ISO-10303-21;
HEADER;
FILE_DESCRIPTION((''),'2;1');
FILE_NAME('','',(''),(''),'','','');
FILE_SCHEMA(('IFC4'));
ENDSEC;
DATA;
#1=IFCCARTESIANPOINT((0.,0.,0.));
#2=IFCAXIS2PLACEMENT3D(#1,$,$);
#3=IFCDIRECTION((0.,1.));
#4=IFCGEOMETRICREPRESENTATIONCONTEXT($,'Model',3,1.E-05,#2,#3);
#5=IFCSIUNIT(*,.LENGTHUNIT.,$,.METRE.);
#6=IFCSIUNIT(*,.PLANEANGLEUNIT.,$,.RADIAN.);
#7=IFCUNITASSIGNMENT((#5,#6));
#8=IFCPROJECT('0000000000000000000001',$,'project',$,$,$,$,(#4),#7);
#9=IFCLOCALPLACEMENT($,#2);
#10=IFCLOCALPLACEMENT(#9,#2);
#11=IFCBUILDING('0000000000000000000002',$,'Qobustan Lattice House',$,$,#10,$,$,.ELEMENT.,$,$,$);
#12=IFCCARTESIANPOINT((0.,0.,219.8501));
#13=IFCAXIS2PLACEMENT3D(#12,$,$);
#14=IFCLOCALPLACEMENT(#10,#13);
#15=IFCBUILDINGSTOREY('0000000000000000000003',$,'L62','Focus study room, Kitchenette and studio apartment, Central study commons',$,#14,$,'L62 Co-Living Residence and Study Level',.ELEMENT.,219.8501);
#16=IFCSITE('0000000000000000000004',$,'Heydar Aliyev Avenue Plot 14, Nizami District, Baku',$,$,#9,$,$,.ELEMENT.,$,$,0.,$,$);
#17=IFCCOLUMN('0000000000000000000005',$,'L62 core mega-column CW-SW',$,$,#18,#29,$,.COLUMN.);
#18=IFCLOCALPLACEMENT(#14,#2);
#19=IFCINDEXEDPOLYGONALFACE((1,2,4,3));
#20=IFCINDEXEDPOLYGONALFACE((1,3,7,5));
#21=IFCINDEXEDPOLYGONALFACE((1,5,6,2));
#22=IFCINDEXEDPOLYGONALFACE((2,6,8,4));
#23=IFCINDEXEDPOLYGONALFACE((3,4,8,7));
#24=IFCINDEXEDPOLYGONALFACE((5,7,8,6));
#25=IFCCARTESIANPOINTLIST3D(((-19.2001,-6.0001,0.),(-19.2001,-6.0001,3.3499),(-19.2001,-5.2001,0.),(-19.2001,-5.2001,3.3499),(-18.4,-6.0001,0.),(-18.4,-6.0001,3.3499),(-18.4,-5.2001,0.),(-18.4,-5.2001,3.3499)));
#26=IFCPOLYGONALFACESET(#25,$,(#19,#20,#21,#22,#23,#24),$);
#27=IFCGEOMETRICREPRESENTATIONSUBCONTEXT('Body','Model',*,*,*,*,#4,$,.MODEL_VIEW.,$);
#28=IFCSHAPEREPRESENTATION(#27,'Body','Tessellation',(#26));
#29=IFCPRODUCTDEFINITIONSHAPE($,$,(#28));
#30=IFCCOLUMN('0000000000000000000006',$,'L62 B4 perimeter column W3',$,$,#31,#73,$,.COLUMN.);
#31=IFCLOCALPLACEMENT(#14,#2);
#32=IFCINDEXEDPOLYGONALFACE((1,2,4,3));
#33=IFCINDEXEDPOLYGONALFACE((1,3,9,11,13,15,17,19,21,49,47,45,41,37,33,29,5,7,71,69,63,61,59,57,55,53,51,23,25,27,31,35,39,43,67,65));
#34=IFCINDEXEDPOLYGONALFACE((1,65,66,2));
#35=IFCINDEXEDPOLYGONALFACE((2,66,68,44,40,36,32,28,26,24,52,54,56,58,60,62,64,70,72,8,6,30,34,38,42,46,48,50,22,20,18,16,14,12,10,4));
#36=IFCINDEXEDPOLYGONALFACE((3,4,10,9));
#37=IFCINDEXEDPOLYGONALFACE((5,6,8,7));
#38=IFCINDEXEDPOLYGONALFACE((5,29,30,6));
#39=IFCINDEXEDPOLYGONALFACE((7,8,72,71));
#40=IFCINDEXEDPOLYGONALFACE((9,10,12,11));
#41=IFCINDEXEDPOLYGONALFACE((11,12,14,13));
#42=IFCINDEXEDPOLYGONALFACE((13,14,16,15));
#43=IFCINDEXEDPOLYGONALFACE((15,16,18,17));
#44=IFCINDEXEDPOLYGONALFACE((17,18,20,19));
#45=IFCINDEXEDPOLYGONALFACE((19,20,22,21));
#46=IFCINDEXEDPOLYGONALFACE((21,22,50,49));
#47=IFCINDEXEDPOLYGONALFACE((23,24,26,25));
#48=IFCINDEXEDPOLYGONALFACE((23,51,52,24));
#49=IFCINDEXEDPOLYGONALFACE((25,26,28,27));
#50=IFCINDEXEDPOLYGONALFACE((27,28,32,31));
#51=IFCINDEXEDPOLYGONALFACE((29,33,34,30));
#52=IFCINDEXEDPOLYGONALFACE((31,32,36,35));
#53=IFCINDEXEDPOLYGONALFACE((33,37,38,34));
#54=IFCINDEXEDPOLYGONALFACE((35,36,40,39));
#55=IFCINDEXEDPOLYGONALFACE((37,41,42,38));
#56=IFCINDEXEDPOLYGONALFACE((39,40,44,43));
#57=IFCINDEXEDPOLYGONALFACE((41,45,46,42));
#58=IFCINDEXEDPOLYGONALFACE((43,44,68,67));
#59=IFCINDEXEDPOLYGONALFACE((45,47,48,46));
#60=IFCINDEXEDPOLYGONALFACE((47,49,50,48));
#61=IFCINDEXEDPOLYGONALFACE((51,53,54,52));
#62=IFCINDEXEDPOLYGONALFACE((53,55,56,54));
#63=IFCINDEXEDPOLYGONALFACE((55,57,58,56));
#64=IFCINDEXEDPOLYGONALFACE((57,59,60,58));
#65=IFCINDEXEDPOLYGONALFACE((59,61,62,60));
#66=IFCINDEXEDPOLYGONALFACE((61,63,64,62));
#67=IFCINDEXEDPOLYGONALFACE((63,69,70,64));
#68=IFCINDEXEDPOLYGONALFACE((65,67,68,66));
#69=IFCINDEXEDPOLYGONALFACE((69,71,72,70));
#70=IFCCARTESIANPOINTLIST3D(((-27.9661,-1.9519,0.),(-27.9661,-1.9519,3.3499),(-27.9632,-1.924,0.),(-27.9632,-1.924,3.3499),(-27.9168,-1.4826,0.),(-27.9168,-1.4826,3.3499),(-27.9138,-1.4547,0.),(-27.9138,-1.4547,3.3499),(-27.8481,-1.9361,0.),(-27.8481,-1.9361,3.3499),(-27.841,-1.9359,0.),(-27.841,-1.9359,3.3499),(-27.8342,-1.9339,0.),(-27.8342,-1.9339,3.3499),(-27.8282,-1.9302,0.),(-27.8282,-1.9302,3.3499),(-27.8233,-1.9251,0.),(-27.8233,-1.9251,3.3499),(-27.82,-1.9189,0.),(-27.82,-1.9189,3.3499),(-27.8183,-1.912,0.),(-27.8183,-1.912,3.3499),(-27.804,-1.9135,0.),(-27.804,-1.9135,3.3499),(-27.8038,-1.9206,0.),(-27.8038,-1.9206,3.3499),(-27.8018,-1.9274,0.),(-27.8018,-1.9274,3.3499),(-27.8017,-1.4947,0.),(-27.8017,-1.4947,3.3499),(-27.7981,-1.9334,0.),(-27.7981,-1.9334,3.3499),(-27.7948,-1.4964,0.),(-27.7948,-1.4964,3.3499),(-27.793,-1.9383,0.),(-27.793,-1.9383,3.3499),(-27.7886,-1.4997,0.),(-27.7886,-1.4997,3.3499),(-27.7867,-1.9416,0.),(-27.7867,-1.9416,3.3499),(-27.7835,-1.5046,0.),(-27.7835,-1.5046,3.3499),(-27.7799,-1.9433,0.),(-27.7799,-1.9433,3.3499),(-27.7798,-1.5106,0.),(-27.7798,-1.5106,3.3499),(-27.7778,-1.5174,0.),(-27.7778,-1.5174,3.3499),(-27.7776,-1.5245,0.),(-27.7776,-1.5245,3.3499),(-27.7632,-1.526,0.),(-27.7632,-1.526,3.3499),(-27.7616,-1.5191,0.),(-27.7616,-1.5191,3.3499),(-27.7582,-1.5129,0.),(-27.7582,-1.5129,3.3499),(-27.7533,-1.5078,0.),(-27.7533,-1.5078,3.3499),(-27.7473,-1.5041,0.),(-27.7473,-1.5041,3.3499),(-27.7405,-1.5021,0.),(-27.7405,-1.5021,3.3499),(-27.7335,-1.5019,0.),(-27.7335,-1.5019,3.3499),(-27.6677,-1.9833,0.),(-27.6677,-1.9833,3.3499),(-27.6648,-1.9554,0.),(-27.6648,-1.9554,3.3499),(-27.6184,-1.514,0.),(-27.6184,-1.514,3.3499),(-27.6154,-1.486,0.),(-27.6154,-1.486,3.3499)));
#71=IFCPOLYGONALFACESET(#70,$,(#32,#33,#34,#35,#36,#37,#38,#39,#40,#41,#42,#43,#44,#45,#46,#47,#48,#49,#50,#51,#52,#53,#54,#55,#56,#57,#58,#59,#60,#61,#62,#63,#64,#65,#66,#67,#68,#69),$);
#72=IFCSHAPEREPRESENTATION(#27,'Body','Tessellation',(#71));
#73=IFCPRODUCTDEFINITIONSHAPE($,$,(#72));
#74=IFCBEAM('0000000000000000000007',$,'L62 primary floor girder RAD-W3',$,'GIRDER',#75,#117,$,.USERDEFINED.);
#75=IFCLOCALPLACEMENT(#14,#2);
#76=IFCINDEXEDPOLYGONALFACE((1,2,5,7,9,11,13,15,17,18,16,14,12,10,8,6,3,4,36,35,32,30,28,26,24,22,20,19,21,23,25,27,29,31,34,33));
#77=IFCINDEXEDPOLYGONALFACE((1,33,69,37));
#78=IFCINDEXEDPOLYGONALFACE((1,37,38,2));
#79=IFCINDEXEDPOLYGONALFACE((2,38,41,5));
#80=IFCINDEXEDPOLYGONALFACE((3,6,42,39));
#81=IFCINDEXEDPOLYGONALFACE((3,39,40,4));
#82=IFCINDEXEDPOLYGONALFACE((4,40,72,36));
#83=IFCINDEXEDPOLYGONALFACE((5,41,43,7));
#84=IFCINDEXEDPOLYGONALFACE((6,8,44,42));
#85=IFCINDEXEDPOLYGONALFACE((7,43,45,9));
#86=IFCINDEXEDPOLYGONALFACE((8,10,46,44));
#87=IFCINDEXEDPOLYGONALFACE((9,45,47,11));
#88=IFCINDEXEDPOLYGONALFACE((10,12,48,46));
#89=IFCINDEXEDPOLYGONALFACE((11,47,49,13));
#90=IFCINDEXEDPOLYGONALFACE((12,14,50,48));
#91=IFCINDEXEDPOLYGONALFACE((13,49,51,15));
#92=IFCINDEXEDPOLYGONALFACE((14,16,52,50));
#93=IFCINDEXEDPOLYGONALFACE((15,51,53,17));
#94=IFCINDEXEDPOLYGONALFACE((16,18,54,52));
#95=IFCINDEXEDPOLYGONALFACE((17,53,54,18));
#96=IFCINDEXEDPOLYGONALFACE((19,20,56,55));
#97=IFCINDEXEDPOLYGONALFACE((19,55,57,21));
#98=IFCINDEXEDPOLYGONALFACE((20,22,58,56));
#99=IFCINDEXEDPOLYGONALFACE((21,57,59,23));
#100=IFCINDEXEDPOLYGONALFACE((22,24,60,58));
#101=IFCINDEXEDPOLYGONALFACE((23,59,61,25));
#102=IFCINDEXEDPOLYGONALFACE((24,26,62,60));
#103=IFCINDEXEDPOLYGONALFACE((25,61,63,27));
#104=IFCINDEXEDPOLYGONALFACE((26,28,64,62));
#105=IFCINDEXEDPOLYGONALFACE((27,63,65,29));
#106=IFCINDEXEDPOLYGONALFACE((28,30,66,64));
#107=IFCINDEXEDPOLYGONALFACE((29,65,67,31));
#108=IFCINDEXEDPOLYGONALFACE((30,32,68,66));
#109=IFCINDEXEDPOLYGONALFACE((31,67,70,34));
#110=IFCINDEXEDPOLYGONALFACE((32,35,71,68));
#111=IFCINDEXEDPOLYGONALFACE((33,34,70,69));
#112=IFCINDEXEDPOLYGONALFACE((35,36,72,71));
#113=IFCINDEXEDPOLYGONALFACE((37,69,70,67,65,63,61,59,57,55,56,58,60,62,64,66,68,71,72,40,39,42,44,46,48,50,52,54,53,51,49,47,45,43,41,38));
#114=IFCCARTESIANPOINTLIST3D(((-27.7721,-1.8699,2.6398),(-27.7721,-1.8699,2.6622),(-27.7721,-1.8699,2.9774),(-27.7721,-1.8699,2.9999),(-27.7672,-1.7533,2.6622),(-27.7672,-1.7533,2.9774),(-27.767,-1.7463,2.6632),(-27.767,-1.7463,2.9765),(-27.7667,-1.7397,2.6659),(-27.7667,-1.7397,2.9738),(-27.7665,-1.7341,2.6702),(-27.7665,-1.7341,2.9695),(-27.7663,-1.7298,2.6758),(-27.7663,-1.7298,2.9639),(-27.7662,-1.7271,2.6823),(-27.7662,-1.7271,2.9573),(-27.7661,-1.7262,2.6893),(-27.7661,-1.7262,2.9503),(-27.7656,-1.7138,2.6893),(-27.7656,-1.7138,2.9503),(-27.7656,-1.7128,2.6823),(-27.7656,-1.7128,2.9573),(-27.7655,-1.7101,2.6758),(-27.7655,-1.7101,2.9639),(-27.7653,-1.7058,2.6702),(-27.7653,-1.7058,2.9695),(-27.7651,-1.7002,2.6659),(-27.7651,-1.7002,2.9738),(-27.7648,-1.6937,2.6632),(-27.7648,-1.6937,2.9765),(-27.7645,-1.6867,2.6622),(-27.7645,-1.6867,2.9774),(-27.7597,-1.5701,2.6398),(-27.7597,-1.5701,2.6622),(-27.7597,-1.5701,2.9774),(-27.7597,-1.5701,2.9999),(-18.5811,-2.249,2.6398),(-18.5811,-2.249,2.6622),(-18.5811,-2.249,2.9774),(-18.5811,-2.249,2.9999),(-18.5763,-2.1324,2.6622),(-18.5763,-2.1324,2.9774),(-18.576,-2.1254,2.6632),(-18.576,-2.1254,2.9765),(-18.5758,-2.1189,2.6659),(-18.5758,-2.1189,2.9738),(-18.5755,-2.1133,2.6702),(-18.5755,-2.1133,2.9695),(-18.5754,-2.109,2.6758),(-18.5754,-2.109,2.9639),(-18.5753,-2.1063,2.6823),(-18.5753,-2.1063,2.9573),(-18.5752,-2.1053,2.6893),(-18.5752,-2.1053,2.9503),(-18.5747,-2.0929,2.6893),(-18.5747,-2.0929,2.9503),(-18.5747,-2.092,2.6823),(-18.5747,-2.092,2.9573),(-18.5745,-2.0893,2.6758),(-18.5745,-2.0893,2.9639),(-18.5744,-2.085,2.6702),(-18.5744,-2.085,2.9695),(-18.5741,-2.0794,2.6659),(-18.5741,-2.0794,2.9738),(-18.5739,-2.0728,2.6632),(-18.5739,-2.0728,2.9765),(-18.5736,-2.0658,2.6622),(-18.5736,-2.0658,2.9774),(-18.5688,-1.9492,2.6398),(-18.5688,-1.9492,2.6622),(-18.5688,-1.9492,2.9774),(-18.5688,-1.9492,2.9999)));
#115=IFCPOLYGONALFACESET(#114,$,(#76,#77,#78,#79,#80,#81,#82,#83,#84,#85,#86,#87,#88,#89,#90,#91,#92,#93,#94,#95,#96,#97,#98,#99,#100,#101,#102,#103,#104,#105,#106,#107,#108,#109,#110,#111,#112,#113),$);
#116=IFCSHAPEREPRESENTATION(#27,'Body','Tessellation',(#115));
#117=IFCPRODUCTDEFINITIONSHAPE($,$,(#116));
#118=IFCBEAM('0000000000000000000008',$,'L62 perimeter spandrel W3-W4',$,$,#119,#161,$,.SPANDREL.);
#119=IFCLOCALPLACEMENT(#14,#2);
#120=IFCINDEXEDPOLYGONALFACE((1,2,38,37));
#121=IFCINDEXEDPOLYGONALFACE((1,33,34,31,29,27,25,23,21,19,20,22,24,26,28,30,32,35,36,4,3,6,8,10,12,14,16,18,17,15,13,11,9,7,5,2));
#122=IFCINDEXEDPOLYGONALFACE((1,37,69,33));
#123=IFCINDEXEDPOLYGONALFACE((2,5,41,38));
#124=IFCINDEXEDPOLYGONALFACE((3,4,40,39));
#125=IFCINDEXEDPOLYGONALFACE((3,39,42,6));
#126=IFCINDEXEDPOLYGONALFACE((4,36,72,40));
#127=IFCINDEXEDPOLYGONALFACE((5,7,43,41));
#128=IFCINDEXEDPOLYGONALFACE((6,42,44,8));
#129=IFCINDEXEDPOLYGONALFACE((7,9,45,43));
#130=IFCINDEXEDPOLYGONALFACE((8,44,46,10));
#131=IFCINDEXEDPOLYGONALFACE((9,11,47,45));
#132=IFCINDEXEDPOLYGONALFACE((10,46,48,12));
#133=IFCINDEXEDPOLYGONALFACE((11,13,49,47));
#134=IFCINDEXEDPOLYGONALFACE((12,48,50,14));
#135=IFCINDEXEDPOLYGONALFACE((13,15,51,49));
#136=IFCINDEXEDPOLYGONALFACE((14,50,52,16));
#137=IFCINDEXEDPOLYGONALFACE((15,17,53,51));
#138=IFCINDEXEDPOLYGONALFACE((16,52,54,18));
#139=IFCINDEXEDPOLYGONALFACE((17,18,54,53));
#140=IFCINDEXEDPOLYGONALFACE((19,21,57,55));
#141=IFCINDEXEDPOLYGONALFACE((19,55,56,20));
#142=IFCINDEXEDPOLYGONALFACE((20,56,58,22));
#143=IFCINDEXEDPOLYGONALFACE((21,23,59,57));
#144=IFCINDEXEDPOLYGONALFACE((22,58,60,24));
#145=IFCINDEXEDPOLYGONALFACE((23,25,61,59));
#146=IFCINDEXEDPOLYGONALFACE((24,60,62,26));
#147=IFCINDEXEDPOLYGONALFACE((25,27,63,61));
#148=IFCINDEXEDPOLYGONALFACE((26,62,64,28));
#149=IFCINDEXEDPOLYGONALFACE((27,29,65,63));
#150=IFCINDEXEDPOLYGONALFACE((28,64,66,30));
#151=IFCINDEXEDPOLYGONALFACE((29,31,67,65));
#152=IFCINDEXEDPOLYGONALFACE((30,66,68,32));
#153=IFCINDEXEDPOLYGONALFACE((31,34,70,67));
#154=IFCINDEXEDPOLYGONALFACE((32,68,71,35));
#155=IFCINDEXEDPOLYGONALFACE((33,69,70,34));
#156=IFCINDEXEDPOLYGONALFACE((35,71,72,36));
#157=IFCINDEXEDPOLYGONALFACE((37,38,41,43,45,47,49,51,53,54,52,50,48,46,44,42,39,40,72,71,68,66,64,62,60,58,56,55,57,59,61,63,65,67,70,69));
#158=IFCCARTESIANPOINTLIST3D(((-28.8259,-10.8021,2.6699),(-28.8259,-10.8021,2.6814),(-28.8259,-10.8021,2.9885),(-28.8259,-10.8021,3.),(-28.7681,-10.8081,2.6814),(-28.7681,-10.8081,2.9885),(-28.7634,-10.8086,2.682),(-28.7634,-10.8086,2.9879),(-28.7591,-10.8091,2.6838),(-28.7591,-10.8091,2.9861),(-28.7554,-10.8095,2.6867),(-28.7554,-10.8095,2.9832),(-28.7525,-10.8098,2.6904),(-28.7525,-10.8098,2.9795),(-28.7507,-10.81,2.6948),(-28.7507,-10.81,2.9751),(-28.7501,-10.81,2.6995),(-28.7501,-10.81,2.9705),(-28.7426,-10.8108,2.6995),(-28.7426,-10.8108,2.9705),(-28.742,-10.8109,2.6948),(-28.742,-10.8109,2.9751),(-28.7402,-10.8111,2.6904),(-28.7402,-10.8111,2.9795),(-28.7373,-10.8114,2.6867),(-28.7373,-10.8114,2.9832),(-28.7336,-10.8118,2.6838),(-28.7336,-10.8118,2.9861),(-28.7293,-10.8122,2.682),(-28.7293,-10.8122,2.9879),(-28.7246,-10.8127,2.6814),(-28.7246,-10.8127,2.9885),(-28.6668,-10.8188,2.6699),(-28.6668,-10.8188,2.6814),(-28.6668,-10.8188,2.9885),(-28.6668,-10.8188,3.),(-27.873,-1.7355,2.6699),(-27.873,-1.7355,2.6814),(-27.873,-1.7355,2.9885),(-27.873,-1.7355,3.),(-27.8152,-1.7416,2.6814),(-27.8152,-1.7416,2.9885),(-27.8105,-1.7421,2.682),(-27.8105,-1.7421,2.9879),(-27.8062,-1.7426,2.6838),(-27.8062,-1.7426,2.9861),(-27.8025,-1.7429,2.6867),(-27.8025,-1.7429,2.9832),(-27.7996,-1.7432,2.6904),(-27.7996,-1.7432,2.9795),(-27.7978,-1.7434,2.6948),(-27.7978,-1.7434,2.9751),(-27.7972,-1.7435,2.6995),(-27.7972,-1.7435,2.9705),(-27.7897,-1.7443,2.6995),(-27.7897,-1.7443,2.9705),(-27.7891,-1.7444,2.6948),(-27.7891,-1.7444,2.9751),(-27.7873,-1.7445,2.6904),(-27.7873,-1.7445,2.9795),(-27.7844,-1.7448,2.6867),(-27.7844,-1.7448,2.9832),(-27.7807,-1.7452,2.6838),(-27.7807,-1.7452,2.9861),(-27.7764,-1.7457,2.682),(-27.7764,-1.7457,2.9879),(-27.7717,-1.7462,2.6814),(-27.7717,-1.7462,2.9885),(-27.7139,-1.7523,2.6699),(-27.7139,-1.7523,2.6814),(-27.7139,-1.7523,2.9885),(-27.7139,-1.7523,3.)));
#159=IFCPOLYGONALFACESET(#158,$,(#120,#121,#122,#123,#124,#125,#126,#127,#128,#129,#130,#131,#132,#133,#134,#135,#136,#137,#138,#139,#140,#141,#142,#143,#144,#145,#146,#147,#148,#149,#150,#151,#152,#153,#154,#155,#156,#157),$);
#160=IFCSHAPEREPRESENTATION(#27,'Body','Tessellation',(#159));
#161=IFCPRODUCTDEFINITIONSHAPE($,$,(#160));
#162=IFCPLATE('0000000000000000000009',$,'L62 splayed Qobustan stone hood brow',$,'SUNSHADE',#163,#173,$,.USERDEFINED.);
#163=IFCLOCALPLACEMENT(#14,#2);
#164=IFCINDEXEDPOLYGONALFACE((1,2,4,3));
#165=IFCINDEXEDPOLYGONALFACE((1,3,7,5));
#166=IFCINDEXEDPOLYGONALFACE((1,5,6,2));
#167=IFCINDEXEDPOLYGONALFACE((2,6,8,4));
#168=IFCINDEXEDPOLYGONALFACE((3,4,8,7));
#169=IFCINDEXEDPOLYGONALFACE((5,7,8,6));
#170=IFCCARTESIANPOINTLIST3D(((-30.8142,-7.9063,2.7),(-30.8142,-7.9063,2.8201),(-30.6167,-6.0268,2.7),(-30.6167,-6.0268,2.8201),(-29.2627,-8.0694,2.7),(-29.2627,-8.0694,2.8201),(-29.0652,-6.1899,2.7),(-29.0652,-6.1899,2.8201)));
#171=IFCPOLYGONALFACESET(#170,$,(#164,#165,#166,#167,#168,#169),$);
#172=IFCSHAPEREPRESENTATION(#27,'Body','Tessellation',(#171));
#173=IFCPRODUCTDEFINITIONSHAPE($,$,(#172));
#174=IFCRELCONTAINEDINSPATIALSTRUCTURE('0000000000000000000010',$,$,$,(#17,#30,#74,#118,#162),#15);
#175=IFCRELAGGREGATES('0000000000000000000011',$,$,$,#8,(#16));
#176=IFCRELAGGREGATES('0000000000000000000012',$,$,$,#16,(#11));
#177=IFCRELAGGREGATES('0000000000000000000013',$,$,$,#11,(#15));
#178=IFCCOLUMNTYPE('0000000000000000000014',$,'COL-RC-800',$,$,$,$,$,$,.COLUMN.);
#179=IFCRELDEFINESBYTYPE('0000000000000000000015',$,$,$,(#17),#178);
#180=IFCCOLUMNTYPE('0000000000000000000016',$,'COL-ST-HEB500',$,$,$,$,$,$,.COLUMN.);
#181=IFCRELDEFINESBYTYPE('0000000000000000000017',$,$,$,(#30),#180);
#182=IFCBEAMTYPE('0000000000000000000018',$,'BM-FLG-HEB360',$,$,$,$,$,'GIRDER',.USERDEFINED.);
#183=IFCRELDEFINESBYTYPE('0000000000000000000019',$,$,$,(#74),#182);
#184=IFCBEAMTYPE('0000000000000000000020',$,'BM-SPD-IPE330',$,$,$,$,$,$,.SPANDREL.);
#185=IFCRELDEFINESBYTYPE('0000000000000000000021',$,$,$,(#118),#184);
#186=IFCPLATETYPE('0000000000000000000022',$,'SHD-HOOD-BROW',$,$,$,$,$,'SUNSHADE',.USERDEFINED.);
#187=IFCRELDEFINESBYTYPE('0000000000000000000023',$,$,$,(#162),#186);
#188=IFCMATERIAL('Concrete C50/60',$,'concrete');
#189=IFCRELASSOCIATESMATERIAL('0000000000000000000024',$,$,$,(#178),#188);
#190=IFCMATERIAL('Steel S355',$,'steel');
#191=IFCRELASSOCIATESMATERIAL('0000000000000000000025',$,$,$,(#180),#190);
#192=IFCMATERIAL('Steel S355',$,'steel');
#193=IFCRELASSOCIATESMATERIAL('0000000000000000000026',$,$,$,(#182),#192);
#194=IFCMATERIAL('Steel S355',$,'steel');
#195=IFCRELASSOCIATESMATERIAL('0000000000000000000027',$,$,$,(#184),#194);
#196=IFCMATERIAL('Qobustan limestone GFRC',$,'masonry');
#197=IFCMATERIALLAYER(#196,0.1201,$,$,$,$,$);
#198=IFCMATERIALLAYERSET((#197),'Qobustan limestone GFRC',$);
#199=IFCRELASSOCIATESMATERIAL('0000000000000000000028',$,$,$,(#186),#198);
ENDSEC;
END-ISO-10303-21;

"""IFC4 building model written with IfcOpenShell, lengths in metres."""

from ifc_helpers import new_model, si_unit, direction, frame, origin, origin_2d, place, context, subcontext, project, spatial, rectangle, i_section, extrude, material, layer, layer_set, material_profile, profile_set, type_object, element, save


model = new_model("IFC4")

# Units and contexts
model_context = context("Model", 3, precision=1e-05, world=origin(), true_north=direction((0.0, 1.0)))
body_context = subcontext(model_context, "Body", "Model", "MODEL_VIEW")
ifc_project = project(units=[si_unit("LENGTHUNIT", "METRE"), si_unit("PLANEANGLEUNIT", "RADIAN")], contexts=[model_context])

# Site, building, storey
site_placement = place(None, origin())
site = spatial("IfcSite", under=ifc_project, at=site_placement, Name="Heydar Aliyev Avenue Plot 14, Nizami District, Baku", CompositionType="ELEMENT", RefElevation=0.0)
building_placement = place(site_placement, origin())
building = spatial("IfcBuilding", under=site, at=building_placement, Name="Qobustan Lattice House", CompositionType="ELEMENT")
storey_placement = place(building_placement, frame((0.0, 0.0, 219.8501)))
storey = spatial("IfcBuildingStorey", under=building, at=storey_placement, Name="L62", Description="Focus study room, Kitchenette and studio apartment, Central study commons", LongName="L62 Co-Living Residence and Study Level", CompositionType="ELEMENT", Elevation=219.8501)

# Columns
ifc_material_1 = material(Name="Concrete C50/60", Category="concrete")
ifc_material_profile_1 = material_profile(ifc_material_1, rectangle(XDim=0.8, YDim=0.8, at=origin_2d()), Name="RC800x800")
ifc_profile_set_1 = profile_set([ifc_material_profile_1], Name="Concrete C50/60")
column_type_1 = type_object("IfcColumnType", Name="COL-RC-800", PredefinedType="COLUMN", material=ifc_profile_set_1)
column_1_placement = place(storey_placement, frame((-18.8, -5.6001, 0.0), z_axis=(0.0, 0.0, 1.0), x_axis=(1.0, 0.0, 0.0)))
element("IfcColumn", 1, at=column_1_placement, inside=storey, type_object=column_type_1, Name="L62 core mega-column CW-SW", PredefinedType="COLUMN", context=body_context, shape_type="SweptSolid", body=[
    extrude(rectangle(XDim=0.8, YDim=0.8, at=origin_2d()), origin(), (0.0, 0.0, 1.0), 3.3499),
])
ifc_material_2 = material(Name="Steel S355", Category="steel")
ifc_material_profile_2 = material_profile(ifc_material_2, i_section(OverallWidth=0.3, OverallDepth=0.5, WebThickness=0.0144, FlangeThickness=0.0281, FilletRadius=0.0271, at=origin_2d()), Name="HEB500")
ifc_profile_set_2 = profile_set([ifc_material_profile_2], Name="Steel S355")
column_type_2 = type_object("IfcColumnType", Name="COL-ST-HEB500", PredefinedType="COLUMN", material=ifc_profile_set_2)
column_2_placement = place(storey_placement, frame((-27.7908, -1.719, 0.0), z_axis=(0.0, 0.0, 1.0), x_axis=(0.994522, -0.104528, 0.0)))
element("IfcColumn", 2, at=column_2_placement, inside=storey, type_object=column_type_2, Name="L62 B4 perimeter column W3", PredefinedType="COLUMN", context=body_context, shape_type="SweptSolid", body=[
    extrude(i_section(OverallWidth=0.3, OverallDepth=0.5, WebThickness=0.0144, FlangeThickness=0.0281, FilletRadius=0.0271, at=origin_2d()), origin(), (0.0, 0.0, 1.0), 3.3499),
])

# Beams
ifc_material_3 = material(Name="Steel S355", Category="steel")
ifc_material_profile_3 = material_profile(ifc_material_3, i_section(OverallWidth=0.3, OverallDepth=0.3601, WebThickness=0.0125, FlangeThickness=0.0225, FilletRadius=0.0271, at=origin_2d()), Name="HEB360")
ifc_profile_set_3 = profile_set([ifc_material_profile_3], Name="Steel S355")
beam_type_1 = type_object("IfcBeamType", Name="BM-FLG-HEB360", ElementType="GIRDER", PredefinedType="USERDEFINED", material=ifc_profile_set_3)
beam_1_placement = place(storey_placement, frame((-27.7659, -1.72, 2.8198), z_axis=(0.99915, -0.041218, 0.0), x_axis=(0.041218, 0.99915, 0.0)))
element("IfcBeam", 3, at=beam_1_placement, inside=storey, type_object=beam_type_1, Name="L62 primary floor girder RAD-W3", ObjectType="GIRDER", PredefinedType="USERDEFINED", context=body_context, shape_type="SweptSolid", body=[
    extrude(i_section(OverallWidth=0.3, OverallDepth=0.3601, WebThickness=0.0125, FlangeThickness=0.0225, FilletRadius=0.0271, at=origin_2d()), origin(), (0.0, 0.0, 1.0), 9.1987),
])
ifc_material_4 = material(Name="Steel S355", Category="steel")
ifc_material_profile_4 = material_profile(ifc_material_4, i_section(OverallWidth=0.1599, OverallDepth=0.3301, WebThickness=0.0076, FlangeThickness=0.0115, FilletRadius=0.0181, at=origin_2d()), Name="IPE330")
ifc_profile_set_4 = profile_set([ifc_material_profile_4], Name="Steel S355")
beam_type_2 = type_object("IfcBeamType", Name="BM-SPD-IPE330", PredefinedType="SPANDREL", material=ifc_profile_set_4)
beam_2_placement = place(storey_placement, frame((-27.7935, -1.7439, 2.835), z_axis=(-0.104524, -0.994522, 0.0), x_axis=(0.994522, -0.104524, 0.0)))
element("IfcBeam", 4, at=beam_2_placement, inside=storey, type_object=beam_type_2, Name="L62 perimeter spandrel W3-W4", PredefinedType="SPANDREL", context=body_context, shape_type="SweptSolid", body=[
    extrude(i_section(OverallWidth=0.1599, OverallDepth=0.3301, WebThickness=0.0076, FlangeThickness=0.0115, FilletRadius=0.0181, at=origin_2d()), origin(), (0.0, 0.0, 1.0), 9.1165),
])

# Plate
ifc_material_5 = material(Name="Qobustan limestone GFRC", Category="masonry")
ifc_layer_1 = layer(ifc_material_5, 0.1201)
ifc_layer_set_1 = layer_set([ifc_layer_1], Name="Qobustan limestone GFRC")
plate_type = type_object("IfcPlateType", Name="SHD-HOOD-BROW", ElementType="SUNSHADE", PredefinedType="USERDEFINED", material=ifc_layer_set_1)
plate_placement = place(storey_placement, frame((-29.9397, -7.0481, 2.7), z_axis=(0.0, 0.0, 1.0), x_axis=(0.104528, 0.994522, 0.0)))
element("IfcPlate", 5, at=plate_placement, inside=storey, type_object=plate_type, Name="L62 splayed Qobustan stone hood brow", ObjectType="SUNSHADE", PredefinedType="USERDEFINED", context=body_context, shape_type="SweptSolid", body=[
    extrude(rectangle(XDim=1.8899, YDim=1.5601, at=origin_2d()), origin(), (0.0, 0.0, 1.0), 0.1201),
])

save(model, "model.ifc")
